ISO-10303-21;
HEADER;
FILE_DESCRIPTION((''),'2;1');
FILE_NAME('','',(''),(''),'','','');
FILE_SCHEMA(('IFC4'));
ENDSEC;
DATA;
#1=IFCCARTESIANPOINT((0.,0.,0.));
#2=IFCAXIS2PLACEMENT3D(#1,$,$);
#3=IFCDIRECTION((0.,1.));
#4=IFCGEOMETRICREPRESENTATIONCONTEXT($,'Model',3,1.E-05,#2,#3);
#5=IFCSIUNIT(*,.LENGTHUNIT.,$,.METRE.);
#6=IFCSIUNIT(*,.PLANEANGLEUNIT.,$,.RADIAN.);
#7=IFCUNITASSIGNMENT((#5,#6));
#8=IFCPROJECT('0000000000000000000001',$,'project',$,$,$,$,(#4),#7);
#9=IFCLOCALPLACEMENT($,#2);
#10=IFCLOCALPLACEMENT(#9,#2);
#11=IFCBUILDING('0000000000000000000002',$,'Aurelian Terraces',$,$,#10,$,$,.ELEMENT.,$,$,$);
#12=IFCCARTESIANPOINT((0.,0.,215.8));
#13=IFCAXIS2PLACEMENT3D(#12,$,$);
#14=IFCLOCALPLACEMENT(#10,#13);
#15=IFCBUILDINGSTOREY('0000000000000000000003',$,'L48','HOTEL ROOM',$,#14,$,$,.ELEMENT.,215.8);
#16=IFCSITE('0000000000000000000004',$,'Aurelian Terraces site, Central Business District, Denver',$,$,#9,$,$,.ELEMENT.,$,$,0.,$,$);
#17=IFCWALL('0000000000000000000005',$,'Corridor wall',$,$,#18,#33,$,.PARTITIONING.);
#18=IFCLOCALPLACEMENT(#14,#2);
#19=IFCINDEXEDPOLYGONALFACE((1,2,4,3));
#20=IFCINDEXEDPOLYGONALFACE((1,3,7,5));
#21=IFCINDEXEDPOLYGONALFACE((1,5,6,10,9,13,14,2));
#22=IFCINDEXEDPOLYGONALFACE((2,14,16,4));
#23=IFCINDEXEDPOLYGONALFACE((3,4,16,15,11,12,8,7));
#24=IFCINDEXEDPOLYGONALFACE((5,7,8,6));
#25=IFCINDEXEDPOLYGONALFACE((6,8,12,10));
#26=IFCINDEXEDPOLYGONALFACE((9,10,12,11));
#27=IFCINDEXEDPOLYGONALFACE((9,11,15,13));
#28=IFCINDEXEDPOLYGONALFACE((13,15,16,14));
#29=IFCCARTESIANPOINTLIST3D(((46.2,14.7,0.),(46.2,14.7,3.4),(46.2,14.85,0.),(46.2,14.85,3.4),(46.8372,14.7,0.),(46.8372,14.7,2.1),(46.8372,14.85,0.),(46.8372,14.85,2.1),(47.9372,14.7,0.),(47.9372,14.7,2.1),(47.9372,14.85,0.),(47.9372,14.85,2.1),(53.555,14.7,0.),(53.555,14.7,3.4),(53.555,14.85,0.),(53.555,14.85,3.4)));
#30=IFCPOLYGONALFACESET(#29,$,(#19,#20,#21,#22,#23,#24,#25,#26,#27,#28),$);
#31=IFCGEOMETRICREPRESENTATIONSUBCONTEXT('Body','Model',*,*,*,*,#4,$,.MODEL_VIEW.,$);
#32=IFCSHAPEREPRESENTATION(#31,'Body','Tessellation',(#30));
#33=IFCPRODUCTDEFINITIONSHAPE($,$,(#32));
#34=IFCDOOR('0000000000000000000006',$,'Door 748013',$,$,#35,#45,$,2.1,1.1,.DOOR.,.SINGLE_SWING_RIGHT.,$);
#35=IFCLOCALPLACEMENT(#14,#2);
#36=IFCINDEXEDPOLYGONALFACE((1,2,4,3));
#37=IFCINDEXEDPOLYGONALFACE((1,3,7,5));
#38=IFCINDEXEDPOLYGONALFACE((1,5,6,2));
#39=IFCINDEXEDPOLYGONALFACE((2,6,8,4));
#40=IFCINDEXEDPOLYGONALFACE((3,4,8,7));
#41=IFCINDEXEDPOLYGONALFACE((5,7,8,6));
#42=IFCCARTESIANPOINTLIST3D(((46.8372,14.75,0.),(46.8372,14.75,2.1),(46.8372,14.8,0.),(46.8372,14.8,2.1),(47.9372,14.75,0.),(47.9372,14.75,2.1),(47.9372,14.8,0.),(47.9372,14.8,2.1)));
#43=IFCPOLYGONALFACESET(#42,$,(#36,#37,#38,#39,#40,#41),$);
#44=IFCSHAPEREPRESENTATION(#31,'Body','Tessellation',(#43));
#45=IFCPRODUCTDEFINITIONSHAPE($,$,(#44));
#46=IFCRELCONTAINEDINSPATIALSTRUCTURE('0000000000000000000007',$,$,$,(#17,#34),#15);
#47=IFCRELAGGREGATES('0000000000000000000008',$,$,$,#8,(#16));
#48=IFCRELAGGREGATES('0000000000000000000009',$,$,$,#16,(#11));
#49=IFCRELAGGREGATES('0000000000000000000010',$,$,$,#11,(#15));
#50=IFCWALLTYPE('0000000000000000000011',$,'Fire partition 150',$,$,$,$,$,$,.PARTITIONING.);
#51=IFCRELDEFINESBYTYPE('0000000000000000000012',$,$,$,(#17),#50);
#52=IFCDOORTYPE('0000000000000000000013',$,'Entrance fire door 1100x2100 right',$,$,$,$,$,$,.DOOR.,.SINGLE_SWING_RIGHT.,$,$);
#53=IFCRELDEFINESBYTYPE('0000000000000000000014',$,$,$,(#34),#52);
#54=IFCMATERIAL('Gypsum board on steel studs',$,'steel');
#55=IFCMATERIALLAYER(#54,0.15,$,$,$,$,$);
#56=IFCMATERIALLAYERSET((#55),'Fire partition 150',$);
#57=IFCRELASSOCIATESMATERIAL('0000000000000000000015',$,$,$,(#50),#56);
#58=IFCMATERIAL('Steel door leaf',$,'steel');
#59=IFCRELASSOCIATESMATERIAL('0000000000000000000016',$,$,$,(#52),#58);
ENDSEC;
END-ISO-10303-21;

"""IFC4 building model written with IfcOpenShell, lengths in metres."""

from ifc_helpers import new_model, si_unit, direction, frame, frame_2d, origin, place, context, subcontext, project, spatial, rectangle, extrude, source, transform, mapped, material, layer, layer_set, type_object, element, fill, save


model = new_model("IFC4")

# Units and contexts
model_context = context("Model", 3, precision=1e-05, world=origin(), true_north=direction((0.0, 1.0)))
body_context = subcontext(model_context, "Body", "Model", "MODEL_VIEW")
ifc_project = project(units=[si_unit("LENGTHUNIT", "METRE"), si_unit("PLANEANGLEUNIT", "RADIAN")], contexts=[model_context])

# Site, building, storey
site_placement = place(None, origin())
site = spatial("IfcSite", under=ifc_project, at=site_placement, Name="Aurelian Terraces site, Central Business District, Denver", CompositionType="ELEMENT", RefElevation=0.0)
building_placement = place(site_placement, origin())
building = spatial("IfcBuilding", under=site, at=building_placement, Name="Aurelian Terraces", CompositionType="ELEMENT")
storey_placement = place(building_placement, frame((0.0, 0.0, 215.8)))
storey = spatial("IfcBuildingStorey", under=building, at=storey_placement, Name="L48", Description="HOTEL ROOM", CompositionType="ELEMENT", Elevation=215.8)

# Shared definitions
ifc_material_1 = material(Name="Gypsum board on steel studs", Category="steel")
ifc_layer_1 = layer(ifc_material_1, 0.15)
ifc_layer_set_1 = layer_set([ifc_layer_1], Name="Fire partition 150")
wall_type_1 = type_object("IfcWallType", Name="Fire partition 150", PredefinedType="PARTITIONING", material=ifc_layer_set_1)

# Shared definitions
ifc_material_2 = material(Name="Steel door leaf", Category="steel")

# Wall, opening, door
shared_shape_1 = source(origin(), body_context, "Body", "SweptSolid", [
    extrude(rectangle(XDim=7.355, YDim=0.15, at=frame_2d((3.6775, 0.0))), origin(), (0.0, 0.0, 1.0), 3.4),
])
wall_1_placement = place(storey_placement, frame((53.555, 14.775, 0.0), z_axis=(0.0, 0.0, 1.0), x_axis=(-1.0, 0.0, 0.0)))
wall_1 = element("IfcWall", 1, at=wall_1_placement, inside=storey, type_object=wall_type_1, Name="Corridor wall", PredefinedType="PARTITIONING", context=body_context, shape_type="MappedRepresentation", body=[
    mapped(shared_shape_1, transform((0.0, 0.0, 0.0), scale=1.0)),
])
shared_shape_2 = source(origin(), body_context, "Body", "SweptSolid", [
    extrude(rectangle(XDim=1.1, YDim=2.1, at=frame_2d((0.55, 1.05))), frame((0.0, 0.085, 0.0), z_axis=(0.0, -1.0, 0.0), x_axis=(1.0, 0.0, 0.0)), (0.0, 0.0, 1.0), 0.17),
])
opening_1_placement = place(wall_1_placement, frame((5.6178, 0.0, 0.0)))
opening_1 = element("IfcOpeningElement", 2, at=opening_1_placement, cuts=wall_1, PredefinedType="OPENING", context=body_context, shape_type="MappedRepresentation", body=[
    mapped(shared_shape_2, transform((0.0, 0.0, 0.0), scale=1.0)),
])
door_type_1 = type_object("IfcDoorType", Name="Entrance fire door 1100x2100 right", OperationType="SINGLE_SWING_RIGHT", PredefinedType="DOOR", material=ifc_material_2)
shared_shape_3 = source(origin(), body_context, "Body", "SweptSolid", [
    extrude(rectangle(XDim=1.1, YDim=2.1, at=frame_2d((0.55, 1.05))), frame((0.0, 0.025, 0.0), z_axis=(0.0, -1.0, 0.0), x_axis=(1.0, 0.0, 0.0)), (0.0, 0.0, 1.0), 0.05),
])
door_1_placement = place(opening_1_placement, origin())
door_1 = element("IfcDoor", 3, at=door_1_placement, inside=storey, type_object=door_type_1, Name="Door 748013", OperationType="SINGLE_SWING_RIGHT", OverallHeight=2.1, OverallWidth=1.1, PredefinedType="DOOR", context=body_context, shape_type="MappedRepresentation", body=[
    mapped(shared_shape_3, transform((0.0, 0.0, 0.0), scale=1.0)),
])
fill(opening_1, door_1)

save(model, "model.ifc")
